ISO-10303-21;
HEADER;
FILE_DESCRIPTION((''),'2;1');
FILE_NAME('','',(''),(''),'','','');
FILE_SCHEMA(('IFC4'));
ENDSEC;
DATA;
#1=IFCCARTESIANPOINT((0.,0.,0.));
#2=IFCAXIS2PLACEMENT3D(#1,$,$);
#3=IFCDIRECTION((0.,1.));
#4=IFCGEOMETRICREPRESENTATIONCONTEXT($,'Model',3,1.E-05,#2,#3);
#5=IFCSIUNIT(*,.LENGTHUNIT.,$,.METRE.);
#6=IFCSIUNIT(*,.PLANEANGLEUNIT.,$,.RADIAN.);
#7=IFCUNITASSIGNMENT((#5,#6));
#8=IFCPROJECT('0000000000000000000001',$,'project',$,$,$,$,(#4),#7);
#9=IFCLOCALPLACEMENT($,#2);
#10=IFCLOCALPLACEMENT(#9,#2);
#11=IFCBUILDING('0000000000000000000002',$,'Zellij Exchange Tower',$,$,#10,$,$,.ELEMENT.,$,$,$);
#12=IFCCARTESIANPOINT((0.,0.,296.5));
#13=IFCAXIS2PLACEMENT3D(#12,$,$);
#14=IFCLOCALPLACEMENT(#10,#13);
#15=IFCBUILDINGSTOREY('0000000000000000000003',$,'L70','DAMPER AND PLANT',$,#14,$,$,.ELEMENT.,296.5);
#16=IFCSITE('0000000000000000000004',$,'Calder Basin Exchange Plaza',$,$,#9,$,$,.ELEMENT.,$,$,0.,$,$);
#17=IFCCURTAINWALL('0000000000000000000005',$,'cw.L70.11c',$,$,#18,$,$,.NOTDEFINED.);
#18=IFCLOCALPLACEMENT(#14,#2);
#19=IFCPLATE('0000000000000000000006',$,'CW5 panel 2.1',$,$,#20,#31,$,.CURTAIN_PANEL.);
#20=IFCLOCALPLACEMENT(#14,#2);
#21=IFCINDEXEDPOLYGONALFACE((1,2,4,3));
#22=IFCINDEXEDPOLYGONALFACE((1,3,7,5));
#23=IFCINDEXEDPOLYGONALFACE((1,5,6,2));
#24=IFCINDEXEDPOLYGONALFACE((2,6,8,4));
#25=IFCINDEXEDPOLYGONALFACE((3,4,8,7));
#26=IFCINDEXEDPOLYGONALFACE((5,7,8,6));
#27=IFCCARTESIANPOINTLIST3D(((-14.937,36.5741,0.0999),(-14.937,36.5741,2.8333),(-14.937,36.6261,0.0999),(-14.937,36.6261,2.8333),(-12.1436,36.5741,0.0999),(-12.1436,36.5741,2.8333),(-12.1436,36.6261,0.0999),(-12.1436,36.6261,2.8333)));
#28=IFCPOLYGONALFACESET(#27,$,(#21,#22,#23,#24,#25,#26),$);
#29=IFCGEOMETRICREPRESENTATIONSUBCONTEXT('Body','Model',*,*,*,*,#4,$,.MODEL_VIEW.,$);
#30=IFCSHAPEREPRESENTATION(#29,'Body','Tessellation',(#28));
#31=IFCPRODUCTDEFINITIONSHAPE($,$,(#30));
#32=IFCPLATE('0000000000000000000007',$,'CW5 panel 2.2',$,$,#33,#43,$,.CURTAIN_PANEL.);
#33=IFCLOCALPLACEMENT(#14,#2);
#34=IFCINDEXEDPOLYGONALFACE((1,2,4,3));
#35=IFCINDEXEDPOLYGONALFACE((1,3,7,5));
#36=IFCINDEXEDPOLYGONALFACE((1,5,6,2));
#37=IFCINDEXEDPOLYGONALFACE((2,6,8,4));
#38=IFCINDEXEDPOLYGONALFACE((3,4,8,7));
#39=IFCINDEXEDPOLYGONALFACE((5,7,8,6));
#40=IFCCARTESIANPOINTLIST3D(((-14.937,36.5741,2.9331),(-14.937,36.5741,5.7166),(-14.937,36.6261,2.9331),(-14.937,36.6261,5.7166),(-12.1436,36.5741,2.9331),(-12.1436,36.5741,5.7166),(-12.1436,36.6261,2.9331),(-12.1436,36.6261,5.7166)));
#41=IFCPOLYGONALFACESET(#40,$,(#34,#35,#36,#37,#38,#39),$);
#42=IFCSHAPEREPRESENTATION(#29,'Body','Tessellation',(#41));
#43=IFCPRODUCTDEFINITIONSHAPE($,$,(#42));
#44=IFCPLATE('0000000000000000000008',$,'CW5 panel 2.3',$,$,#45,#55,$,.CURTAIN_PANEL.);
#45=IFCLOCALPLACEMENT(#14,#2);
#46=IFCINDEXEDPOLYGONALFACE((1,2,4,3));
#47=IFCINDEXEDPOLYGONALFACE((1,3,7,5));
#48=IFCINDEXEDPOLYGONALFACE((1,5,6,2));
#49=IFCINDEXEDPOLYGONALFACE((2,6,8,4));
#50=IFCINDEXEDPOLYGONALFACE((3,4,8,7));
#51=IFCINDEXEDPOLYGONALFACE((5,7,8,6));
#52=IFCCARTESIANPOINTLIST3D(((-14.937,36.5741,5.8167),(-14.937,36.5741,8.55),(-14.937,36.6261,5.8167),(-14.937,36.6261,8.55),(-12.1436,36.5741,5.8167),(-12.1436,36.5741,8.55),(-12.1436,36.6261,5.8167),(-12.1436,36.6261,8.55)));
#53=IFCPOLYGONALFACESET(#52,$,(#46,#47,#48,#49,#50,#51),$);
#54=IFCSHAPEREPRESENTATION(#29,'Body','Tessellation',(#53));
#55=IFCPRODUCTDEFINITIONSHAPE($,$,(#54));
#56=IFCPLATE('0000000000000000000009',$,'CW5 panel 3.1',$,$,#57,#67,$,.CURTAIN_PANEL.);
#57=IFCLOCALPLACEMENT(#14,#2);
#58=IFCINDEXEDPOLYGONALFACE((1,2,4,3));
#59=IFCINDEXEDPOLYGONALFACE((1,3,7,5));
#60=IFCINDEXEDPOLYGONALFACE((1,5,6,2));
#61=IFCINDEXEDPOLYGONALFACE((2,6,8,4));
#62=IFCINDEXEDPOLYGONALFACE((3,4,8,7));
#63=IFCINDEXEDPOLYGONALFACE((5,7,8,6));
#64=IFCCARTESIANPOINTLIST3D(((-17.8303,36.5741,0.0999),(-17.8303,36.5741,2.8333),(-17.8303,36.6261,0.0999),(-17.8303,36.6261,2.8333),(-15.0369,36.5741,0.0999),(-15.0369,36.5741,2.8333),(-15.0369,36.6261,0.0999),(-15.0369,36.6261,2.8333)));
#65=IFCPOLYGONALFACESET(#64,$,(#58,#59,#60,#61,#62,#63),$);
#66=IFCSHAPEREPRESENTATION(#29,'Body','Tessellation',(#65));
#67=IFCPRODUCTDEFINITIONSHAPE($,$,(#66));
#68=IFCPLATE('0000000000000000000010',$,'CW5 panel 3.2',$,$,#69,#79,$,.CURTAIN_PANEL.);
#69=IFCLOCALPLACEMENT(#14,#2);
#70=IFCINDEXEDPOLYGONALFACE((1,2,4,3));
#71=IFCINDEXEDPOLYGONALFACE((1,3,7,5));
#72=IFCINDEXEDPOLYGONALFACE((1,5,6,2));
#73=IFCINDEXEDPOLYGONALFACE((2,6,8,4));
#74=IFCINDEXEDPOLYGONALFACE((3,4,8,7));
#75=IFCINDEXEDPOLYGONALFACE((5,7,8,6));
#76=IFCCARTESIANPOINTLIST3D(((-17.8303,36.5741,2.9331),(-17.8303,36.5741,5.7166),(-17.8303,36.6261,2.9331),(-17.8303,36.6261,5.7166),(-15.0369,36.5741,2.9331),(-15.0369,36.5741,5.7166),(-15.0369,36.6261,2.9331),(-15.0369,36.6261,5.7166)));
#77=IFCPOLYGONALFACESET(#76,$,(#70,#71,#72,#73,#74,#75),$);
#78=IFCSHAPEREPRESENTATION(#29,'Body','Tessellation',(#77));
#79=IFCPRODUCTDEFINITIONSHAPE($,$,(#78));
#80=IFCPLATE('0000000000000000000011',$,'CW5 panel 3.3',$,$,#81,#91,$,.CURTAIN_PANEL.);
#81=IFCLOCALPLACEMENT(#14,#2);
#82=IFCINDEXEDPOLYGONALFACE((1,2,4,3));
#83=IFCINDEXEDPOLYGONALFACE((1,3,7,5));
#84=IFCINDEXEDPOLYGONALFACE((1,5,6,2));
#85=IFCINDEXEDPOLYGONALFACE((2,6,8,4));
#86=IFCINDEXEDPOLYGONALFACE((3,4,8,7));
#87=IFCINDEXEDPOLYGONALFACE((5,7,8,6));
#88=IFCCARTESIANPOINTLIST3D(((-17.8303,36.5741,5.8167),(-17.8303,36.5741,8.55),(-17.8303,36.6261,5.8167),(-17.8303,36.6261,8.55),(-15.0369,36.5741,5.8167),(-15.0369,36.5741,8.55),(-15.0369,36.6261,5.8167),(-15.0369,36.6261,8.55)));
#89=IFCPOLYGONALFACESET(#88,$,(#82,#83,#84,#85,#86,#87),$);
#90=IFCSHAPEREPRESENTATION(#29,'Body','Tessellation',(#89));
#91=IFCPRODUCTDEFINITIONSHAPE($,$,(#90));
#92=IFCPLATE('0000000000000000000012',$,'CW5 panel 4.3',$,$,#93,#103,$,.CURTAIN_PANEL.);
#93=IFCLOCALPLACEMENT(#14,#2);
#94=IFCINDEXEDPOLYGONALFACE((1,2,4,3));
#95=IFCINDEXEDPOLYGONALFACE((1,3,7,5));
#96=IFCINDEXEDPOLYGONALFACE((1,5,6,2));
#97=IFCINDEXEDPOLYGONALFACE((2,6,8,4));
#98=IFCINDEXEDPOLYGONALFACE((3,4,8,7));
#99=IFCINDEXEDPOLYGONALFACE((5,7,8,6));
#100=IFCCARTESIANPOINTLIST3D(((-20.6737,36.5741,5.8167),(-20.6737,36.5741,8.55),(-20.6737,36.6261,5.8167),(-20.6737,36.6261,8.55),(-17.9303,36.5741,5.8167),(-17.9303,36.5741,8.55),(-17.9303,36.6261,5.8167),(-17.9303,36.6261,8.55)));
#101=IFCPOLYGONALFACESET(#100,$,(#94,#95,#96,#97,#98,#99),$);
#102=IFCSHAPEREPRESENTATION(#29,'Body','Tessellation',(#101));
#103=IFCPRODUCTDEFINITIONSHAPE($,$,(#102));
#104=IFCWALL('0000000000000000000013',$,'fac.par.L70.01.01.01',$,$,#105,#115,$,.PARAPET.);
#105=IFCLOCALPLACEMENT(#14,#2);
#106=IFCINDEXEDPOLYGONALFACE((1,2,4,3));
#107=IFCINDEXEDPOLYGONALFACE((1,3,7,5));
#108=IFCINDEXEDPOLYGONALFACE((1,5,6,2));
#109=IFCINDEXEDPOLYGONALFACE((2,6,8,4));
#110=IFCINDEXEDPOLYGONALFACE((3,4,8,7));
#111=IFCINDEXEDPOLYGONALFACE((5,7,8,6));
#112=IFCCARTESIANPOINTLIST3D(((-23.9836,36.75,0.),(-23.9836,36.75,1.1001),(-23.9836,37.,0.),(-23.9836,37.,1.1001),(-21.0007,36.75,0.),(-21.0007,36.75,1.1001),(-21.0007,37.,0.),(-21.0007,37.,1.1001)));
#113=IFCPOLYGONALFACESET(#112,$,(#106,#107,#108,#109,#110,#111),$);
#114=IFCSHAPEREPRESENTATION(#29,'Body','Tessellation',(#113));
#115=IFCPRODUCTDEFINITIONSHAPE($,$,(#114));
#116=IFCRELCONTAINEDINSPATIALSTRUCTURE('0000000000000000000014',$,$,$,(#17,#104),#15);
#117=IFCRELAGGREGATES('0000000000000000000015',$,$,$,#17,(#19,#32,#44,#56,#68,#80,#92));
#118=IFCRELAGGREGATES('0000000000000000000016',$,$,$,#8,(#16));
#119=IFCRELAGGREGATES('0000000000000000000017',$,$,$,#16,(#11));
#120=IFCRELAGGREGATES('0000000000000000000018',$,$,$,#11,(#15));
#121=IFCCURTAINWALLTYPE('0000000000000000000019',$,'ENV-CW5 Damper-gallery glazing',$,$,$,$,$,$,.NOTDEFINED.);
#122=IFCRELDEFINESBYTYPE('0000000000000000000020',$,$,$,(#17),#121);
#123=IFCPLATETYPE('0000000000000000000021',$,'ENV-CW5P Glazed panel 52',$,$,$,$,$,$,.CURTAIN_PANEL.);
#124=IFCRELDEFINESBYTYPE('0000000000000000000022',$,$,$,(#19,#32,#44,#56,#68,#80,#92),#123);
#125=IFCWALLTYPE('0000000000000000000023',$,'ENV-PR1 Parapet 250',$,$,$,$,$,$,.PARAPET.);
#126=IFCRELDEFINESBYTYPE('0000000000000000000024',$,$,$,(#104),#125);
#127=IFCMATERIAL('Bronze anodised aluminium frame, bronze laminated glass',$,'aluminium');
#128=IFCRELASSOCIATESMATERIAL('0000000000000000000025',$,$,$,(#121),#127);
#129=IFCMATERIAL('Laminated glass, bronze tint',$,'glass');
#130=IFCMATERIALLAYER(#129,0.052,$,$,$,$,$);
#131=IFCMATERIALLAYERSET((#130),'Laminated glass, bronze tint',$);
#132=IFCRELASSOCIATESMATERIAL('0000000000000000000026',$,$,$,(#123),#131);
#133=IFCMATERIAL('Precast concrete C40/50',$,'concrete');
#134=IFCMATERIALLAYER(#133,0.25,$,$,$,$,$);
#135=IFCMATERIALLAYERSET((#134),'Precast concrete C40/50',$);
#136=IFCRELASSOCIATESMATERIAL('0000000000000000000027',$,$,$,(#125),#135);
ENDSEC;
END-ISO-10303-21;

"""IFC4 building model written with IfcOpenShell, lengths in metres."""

from ifc_helpers import new_model, si_unit, direction, frame, frame_2d, origin, origin_2d, place, context, subcontext, project, spatial, rectangle, extrude, material, layer, layer_set, type_object, element, aggregate, save


model = new_model("IFC4")

# Units and contexts
model_context = context("Model", 3, precision=1e-05, world=origin(), true_north=direction((0.0, 1.0)))
body_context = subcontext(model_context, "Body", "Model", "MODEL_VIEW")
ifc_project = project(units=[si_unit("LENGTHUNIT", "METRE"), si_unit("PLANEANGLEUNIT", "RADIAN")], contexts=[model_context])

# Site, building, storey
site_placement = place(None, origin())
site = spatial("IfcSite", under=ifc_project, at=site_placement, Name="Calder Basin Exchange Plaza", CompositionType="ELEMENT", RefElevation=0.0)
building_placement = place(site_placement, origin())
building = spatial("IfcBuilding", under=site, at=building_placement, Name="Zellij Exchange Tower", CompositionType="ELEMENT")
storey_placement = place(building_placement, frame((0.0, 0.0, 296.5)))
storey = spatial("IfcBuildingStorey", under=building, at=storey_placement, Name="L70", Description="DAMPER AND PLANT", CompositionType="ELEMENT", Elevation=296.5)

# Curtain wall, plates
ifc_material_1 = material(Name="Bronze anodised aluminium frame, bronze laminated glass", Category="aluminium")
curtain_wall_type = type_object("IfcCurtainWallType", Name="ENV-CW5 Damper-gallery glazing", PredefinedType="NOTDEFINED", material=ifc_material_1)
curtain_wall_placement = place(storey_placement, origin())
curtain_wall = element("IfcCurtainWall", 1, at=curtain_wall_placement, inside=storey, type_object=curtain_wall_type, Name="cw.L70.11c", PredefinedType="NOTDEFINED")
ifc_material_2 = material(Name="Laminated glass, bronze tint", Category="glass")
ifc_layer_1 = layer(ifc_material_2, 0.052)
ifc_layer_set_1 = layer_set([ifc_layer_1], Name="Laminated glass, bronze tint")
plate_type = type_object("IfcPlateType", Name="ENV-CW5P Glazed panel 52", PredefinedType="CURTAIN_PANEL", material=ifc_layer_set_1)
plate_1_placement = place(storey_placement, frame((-13.5403, 36.6001, 0.0999), z_axis=(0.0, 0.0, 1.0), x_axis=(-1.0, 0.0, 0.0)))
plate_1 = element("IfcPlate", 2, at=plate_1_placement, type_object=plate_type, Name="CW5 panel 2.1", PredefinedType="CURTAIN_PANEL", context=body_context, shape_type="SweptSolid", body=[
    extrude(rectangle(XDim=2.7935, YDim=0.052, at=origin_2d()), origin(), (0.0, 0.0, 1.0), 2.7334),
])
plate_2_placement = place(storey_placement, frame((-13.5403, 36.6001, 2.9331), z_axis=(0.0, 0.0, 1.0), x_axis=(-1.0, 0.0, 0.0)))
plate_2 = element("IfcPlate", 3, at=plate_2_placement, type_object=plate_type, Name="CW5 panel 2.2", PredefinedType="CURTAIN_PANEL", context=body_context, shape_type="SweptSolid", body=[
    extrude(rectangle(XDim=2.7935, YDim=0.052, at=origin_2d()), origin(), (0.0, 0.0, 1.0), 2.7834),
])
plate_3_placement = place(storey_placement, frame((-13.5403, 36.6001, 5.8167), z_axis=(0.0, 0.0, 1.0), x_axis=(-1.0, 0.0, 0.0)))
plate_3 = element("IfcPlate", 4, at=plate_3_placement, type_object=plate_type, Name="CW5 panel 2.3", PredefinedType="CURTAIN_PANEL", context=body_context, shape_type="SweptSolid", body=[
    extrude(rectangle(XDim=2.7935, YDim=0.052, at=origin_2d()), origin(), (0.0, 0.0, 1.0), 2.7334),
])
plate_4_placement = place(storey_placement, frame((-16.4336, 36.6001, 0.0999), z_axis=(0.0, 0.0, 1.0), x_axis=(-1.0, 0.0, 0.0)))
plate_4 = element("IfcPlate", 5, at=plate_4_placement, type_object=plate_type, Name="CW5 panel 3.1", PredefinedType="CURTAIN_PANEL", context=body_context, shape_type="SweptSolid", body=[
    extrude(rectangle(XDim=2.7935, YDim=0.052, at=origin_2d()), origin(), (0.0, 0.0, 1.0), 2.7334),
])
plate_5_placement = place(storey_placement, frame((-16.4336, 36.6001, 2.9331), z_axis=(0.0, 0.0, 1.0), x_axis=(-1.0, 0.0, 0.0)))
plate_5 = element("IfcPlate", 6, at=plate_5_placement, type_object=plate_type, Name="CW5 panel 3.2", PredefinedType="CURTAIN_PANEL", context=body_context, shape_type="SweptSolid", body=[
    extrude(rectangle(XDim=2.7935, YDim=0.052, at=origin_2d()), origin(), (0.0, 0.0, 1.0), 2.7834),
])
plate_6_placement = place(storey_placement, frame((-16.4336, 36.6001, 5.8167), z_axis=(0.0, 0.0, 1.0), x_axis=(-1.0, 0.0, 0.0)))
plate_6 = element("IfcPlate", 7, at=plate_6_placement, type_object=plate_type, Name="CW5 panel 3.3", PredefinedType="CURTAIN_PANEL", context=body_context, shape_type="SweptSolid", body=[
    extrude(rectangle(XDim=2.7935, YDim=0.052, at=origin_2d()), origin(), (0.0, 0.0, 1.0), 2.7334),
])
plate_7_placement = place(storey_placement, frame((-19.302, 36.6001, 5.8167), z_axis=(0.0, 0.0, 1.0), x_axis=(-1.0, 0.0, 0.0)))
plate_7 = element("IfcPlate", 8, at=plate_7_placement, type_object=plate_type, Name="CW5 panel 4.3", PredefinedType="CURTAIN_PANEL", context=body_context, shape_type="SweptSolid", body=[
    extrude(rectangle(XDim=2.7434, YDim=0.052, at=origin_2d()), origin(), (0.0, 0.0, 1.0), 2.7334),
])
aggregate(curtain_wall, [plate_1, plate_2, plate_3, plate_4, plate_5, plate_6, plate_7])

# Wall
ifc_material_3 = material(Name="Precast concrete C40/50", Category="concrete")
ifc_layer_2 = layer(ifc_material_3, 0.25)
ifc_layer_set_2 = layer_set([ifc_layer_2], Name="Precast concrete C40/50")
wall_type = type_object("IfcWallType", Name="ENV-PR1 Parapet 250", PredefinedType="PARAPET", material=ifc_layer_set_2)
wall_placement = place(storey_placement, frame((-21.0007, 36.875, 0.0), z_axis=(0.0, 0.0, 1.0), x_axis=(-1.0, 0.0, 0.0)))
element("IfcWall", 9, at=wall_placement, inside=storey, type_object=wall_type, Name="fac.par.L70.01.01.01", PredefinedType="PARAPET", context=body_context, shape_type="SweptSolid", body=[
    extrude(rectangle(XDim=2.9829, YDim=0.25, at=frame_2d((1.4915, 0.0))), origin(), (0.0, 0.0, 1.0), 1.1001),
])

save(model, "model.ifc")
